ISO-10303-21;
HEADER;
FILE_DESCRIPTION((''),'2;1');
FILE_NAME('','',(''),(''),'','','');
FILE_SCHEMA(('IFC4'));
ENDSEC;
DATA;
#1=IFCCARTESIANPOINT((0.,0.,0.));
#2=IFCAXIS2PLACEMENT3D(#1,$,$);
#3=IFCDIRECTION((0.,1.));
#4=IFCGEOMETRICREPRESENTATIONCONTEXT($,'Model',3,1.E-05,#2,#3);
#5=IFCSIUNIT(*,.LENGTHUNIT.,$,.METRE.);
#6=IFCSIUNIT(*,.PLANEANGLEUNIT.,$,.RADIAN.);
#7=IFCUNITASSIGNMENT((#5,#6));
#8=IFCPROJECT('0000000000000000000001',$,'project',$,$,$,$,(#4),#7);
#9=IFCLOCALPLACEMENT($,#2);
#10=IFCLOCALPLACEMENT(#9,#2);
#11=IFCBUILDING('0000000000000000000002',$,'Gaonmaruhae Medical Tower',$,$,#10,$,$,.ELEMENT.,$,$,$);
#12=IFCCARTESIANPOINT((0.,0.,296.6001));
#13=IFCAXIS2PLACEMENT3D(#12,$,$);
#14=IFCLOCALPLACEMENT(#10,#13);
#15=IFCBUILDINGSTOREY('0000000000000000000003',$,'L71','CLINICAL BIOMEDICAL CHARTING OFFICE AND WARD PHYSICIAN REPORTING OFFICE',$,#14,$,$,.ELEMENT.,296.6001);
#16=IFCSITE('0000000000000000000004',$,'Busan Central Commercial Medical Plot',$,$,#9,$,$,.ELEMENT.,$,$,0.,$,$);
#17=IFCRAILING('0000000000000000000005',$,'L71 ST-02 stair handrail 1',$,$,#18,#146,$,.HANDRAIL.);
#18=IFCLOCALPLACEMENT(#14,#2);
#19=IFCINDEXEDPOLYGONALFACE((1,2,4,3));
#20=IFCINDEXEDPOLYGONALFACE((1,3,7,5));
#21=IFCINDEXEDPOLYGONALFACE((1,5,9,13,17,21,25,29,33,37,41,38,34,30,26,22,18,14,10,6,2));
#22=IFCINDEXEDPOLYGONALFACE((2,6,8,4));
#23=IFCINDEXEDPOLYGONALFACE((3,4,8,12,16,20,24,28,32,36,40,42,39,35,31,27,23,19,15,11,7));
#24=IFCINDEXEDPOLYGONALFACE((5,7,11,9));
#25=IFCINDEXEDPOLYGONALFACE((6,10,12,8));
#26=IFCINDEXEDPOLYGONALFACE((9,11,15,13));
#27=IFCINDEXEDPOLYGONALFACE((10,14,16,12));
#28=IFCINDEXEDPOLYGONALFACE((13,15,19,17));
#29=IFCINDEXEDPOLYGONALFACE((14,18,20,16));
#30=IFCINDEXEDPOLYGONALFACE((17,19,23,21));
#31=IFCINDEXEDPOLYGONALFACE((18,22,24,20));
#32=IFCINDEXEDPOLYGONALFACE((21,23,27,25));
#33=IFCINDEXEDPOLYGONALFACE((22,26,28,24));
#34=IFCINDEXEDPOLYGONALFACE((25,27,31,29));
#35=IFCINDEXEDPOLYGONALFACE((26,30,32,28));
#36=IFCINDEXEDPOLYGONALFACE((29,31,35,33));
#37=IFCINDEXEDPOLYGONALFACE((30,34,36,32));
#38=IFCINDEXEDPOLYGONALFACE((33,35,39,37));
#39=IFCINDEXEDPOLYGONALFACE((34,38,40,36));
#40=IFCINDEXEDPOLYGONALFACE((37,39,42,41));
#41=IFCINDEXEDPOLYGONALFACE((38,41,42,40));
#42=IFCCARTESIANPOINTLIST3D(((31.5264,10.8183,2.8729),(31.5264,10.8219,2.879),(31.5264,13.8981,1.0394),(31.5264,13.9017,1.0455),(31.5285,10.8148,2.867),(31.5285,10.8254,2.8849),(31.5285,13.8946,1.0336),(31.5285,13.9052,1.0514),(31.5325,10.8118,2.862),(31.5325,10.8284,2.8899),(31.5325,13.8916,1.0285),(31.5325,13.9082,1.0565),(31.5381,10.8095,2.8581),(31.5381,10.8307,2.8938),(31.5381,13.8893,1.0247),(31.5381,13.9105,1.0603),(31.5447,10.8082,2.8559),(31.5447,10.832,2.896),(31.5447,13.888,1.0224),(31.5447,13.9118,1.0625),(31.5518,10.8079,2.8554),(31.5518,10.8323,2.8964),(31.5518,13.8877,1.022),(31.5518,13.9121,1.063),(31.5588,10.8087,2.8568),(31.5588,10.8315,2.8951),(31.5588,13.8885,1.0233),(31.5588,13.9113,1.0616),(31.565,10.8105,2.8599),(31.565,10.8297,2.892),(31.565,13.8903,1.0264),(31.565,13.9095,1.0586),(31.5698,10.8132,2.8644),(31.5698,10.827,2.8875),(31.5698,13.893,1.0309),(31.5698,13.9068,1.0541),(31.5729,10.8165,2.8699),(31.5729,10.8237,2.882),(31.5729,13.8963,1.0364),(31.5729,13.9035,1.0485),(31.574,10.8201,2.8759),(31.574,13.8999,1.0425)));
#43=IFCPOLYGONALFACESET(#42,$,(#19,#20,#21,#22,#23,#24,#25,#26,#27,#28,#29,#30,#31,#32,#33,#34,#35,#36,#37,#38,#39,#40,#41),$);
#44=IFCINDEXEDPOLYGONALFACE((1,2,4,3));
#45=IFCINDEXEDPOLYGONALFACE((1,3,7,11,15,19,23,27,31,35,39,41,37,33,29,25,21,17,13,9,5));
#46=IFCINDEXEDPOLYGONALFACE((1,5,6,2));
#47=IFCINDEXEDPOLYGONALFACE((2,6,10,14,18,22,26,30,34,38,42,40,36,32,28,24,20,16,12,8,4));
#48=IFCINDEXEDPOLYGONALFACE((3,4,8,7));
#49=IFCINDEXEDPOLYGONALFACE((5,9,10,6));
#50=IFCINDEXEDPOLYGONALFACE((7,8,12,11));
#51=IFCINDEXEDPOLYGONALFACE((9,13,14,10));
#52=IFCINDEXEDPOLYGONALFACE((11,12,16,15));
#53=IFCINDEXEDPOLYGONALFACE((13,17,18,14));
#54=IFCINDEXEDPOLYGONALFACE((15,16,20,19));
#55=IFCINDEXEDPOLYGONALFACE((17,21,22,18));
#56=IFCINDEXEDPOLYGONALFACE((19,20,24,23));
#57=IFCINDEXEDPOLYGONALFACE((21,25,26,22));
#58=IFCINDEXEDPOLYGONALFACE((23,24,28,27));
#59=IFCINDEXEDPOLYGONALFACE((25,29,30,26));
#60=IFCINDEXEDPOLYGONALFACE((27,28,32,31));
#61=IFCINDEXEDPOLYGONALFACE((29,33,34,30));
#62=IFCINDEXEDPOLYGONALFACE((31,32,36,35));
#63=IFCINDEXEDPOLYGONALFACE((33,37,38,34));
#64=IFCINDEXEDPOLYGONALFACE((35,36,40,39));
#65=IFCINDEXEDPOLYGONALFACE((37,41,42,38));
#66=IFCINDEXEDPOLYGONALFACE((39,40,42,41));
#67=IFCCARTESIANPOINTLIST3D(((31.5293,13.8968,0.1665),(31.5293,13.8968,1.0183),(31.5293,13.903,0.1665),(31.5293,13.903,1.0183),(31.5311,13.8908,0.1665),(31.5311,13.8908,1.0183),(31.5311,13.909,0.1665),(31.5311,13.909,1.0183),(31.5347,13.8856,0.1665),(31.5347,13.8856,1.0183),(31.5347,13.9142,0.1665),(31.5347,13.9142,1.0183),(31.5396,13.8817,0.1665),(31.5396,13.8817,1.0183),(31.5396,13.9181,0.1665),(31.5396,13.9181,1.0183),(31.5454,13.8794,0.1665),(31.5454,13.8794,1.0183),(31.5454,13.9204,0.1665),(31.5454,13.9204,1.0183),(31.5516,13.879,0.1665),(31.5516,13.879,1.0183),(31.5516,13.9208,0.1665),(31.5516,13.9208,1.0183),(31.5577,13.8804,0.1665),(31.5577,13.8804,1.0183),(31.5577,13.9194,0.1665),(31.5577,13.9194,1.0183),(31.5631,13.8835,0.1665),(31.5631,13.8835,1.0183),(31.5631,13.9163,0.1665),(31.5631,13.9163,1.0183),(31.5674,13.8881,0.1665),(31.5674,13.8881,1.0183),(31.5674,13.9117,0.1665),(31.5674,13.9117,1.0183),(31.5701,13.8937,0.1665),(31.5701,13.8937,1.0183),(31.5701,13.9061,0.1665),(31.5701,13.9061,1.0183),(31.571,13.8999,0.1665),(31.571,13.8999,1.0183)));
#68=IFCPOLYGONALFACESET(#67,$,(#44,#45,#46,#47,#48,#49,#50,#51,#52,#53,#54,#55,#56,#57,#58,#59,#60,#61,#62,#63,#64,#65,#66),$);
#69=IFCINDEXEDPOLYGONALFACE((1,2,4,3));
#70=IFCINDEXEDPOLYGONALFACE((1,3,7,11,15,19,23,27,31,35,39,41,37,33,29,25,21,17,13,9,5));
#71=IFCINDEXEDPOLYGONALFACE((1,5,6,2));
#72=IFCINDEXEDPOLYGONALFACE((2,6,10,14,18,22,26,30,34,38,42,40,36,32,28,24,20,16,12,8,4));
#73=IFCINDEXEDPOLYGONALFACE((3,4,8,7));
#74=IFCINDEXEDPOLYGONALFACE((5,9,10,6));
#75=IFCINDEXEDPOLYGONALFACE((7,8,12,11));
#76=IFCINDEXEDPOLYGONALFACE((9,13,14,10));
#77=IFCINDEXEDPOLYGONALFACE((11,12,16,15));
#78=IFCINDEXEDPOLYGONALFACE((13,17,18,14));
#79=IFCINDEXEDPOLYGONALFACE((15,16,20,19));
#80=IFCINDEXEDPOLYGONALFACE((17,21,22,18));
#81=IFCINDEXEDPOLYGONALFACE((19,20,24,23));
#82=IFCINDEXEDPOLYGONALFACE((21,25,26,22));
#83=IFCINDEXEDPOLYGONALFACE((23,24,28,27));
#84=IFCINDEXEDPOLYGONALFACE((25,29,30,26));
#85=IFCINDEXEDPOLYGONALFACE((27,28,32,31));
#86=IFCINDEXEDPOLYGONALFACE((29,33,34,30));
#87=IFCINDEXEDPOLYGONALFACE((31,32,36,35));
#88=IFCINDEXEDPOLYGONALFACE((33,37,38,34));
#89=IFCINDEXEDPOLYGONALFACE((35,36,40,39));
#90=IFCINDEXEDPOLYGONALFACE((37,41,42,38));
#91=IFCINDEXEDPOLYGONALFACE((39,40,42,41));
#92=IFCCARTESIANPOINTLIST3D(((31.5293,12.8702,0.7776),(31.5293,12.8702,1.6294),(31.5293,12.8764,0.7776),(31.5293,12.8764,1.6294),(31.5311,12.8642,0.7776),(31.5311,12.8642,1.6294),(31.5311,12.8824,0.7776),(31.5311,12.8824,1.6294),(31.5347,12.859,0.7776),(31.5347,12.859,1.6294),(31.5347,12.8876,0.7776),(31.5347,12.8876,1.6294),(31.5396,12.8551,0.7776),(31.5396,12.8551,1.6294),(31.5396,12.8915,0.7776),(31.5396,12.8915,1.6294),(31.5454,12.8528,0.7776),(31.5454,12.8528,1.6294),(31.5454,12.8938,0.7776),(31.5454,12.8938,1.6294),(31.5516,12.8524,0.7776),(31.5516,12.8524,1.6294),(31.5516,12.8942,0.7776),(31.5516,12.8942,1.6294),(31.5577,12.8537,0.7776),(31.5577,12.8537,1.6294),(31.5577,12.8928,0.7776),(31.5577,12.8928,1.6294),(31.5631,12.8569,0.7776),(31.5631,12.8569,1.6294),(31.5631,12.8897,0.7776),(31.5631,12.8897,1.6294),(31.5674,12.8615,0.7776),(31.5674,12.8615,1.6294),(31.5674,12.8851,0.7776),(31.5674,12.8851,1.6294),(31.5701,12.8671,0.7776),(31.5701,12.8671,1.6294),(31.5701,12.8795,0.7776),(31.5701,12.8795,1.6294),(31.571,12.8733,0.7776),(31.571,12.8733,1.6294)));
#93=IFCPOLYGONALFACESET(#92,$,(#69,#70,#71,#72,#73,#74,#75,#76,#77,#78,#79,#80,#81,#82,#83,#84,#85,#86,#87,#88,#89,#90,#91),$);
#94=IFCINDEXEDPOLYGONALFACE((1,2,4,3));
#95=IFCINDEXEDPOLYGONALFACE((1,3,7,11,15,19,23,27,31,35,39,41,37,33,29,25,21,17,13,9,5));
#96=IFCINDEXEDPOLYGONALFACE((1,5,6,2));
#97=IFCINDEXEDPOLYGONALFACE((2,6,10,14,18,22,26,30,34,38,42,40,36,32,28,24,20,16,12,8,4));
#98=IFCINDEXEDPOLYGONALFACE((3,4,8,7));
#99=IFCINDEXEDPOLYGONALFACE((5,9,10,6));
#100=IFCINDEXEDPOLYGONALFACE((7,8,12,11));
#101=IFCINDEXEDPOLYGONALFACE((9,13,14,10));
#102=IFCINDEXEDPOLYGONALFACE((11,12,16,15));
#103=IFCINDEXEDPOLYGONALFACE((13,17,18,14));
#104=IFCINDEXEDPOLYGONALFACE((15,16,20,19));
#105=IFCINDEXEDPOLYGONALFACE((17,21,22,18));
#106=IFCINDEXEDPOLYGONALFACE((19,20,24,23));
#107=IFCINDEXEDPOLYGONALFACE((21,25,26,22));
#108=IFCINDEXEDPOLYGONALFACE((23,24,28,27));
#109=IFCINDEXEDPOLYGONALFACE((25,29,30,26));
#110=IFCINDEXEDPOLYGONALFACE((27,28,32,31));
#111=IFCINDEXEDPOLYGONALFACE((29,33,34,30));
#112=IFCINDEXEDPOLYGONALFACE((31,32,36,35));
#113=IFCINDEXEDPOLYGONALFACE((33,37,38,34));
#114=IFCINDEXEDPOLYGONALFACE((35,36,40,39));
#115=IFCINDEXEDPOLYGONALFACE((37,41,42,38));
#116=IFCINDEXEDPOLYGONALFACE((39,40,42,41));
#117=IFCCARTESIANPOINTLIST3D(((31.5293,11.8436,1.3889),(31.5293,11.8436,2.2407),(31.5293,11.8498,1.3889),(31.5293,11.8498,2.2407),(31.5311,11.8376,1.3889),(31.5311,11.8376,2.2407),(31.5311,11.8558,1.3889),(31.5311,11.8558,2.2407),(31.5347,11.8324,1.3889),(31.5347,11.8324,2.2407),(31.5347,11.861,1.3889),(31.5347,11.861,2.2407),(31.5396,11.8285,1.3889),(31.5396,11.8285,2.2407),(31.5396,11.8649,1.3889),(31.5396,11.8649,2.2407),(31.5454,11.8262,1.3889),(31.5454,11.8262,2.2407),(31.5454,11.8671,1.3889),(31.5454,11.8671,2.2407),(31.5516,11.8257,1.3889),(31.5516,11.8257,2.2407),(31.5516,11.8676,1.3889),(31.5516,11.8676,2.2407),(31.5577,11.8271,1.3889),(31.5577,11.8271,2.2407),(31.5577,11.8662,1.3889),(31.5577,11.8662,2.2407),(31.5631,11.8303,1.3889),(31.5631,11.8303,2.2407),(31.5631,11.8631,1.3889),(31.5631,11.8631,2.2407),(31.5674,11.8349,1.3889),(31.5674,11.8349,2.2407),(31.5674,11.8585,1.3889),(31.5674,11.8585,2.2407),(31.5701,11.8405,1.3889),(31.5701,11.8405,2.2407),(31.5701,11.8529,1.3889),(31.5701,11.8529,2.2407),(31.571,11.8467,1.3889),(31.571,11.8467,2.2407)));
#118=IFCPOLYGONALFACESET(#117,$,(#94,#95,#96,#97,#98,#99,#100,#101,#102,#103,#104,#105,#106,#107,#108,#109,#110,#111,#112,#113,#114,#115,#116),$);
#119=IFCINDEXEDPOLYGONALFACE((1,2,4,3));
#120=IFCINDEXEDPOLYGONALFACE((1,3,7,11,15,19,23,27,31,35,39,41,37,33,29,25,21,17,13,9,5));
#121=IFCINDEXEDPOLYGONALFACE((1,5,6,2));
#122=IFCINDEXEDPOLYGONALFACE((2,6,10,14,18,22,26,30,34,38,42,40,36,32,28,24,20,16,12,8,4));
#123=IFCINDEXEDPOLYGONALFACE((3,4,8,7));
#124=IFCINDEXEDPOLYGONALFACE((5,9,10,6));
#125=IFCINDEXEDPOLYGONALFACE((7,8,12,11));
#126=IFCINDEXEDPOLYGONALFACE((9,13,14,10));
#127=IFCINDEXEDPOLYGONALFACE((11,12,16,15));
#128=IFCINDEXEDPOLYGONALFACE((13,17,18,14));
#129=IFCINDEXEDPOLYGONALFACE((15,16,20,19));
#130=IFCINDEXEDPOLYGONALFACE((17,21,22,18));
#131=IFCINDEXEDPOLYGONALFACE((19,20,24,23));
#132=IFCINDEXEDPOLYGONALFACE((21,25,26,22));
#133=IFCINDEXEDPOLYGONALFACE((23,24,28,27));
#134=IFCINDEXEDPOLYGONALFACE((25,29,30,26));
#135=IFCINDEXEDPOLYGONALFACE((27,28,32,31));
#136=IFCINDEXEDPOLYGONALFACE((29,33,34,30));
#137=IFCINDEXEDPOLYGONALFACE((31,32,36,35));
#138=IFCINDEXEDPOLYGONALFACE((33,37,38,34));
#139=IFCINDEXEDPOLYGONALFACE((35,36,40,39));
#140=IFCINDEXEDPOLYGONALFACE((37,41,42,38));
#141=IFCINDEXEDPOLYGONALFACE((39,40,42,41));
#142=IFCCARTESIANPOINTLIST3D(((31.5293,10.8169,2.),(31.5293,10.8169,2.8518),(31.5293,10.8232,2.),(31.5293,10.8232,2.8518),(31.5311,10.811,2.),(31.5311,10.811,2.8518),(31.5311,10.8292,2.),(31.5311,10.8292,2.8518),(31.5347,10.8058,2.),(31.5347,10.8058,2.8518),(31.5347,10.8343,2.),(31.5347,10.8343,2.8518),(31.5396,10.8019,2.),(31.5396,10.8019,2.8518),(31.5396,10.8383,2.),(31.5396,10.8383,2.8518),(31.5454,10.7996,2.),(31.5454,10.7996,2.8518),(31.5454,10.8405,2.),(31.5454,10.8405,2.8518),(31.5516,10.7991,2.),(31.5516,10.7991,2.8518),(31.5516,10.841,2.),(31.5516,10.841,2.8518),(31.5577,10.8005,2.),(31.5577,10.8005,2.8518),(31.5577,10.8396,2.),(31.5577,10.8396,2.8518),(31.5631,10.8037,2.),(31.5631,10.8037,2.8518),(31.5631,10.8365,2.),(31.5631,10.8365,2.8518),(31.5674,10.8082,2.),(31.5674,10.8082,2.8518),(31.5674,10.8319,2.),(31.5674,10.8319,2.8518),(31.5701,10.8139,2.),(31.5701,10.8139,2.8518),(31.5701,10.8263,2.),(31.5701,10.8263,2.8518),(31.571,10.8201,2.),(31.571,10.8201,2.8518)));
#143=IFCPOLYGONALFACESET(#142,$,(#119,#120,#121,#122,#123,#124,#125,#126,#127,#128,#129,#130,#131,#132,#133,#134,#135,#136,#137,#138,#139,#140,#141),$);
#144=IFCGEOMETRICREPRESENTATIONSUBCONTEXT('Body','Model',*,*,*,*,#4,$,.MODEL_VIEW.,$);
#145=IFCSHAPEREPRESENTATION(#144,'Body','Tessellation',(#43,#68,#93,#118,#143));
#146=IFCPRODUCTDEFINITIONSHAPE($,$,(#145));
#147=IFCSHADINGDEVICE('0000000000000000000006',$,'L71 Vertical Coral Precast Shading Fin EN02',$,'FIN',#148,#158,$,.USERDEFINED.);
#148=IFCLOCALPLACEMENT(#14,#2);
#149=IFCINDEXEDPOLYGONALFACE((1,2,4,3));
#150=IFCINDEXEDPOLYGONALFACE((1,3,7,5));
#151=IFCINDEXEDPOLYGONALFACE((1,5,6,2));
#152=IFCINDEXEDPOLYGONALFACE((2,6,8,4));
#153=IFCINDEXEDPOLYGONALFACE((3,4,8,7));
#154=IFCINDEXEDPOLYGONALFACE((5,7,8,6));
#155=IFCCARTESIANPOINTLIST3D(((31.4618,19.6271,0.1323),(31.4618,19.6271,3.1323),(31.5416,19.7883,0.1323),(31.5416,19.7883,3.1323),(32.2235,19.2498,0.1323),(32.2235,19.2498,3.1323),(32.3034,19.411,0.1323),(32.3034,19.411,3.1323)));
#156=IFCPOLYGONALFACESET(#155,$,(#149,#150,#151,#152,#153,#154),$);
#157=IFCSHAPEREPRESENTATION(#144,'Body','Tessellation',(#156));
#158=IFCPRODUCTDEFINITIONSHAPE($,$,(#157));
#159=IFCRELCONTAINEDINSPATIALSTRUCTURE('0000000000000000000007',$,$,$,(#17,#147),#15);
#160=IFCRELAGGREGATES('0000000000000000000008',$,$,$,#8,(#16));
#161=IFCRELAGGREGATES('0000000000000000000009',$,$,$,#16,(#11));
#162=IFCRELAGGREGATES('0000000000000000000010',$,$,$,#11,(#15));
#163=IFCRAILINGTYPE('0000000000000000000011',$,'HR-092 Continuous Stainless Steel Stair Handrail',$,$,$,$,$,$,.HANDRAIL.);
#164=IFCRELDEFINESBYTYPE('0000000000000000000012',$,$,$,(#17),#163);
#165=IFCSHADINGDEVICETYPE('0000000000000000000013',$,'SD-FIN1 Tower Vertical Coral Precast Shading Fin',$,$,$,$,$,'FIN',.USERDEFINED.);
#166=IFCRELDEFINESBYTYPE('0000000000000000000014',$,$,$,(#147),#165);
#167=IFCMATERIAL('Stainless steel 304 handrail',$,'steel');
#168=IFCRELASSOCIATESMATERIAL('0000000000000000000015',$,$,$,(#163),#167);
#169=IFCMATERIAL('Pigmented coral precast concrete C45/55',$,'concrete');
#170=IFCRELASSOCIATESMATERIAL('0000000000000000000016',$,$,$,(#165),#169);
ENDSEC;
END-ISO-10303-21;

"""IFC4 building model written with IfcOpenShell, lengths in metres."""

from ifc_helpers import new_model, si_unit, direction, frame, origin, origin_2d, place, context, subcontext, project, spatial, rectangle, circle, extrude, material, type_object, element, save


model = new_model("IFC4")

# Units and contexts
model_context = context("Model", 3, precision=1e-05, world=origin(), true_north=direction((0.0, 1.0)))
body_context = subcontext(model_context, "Body", "Model", "MODEL_VIEW")
ifc_project = project(units=[si_unit("LENGTHUNIT", "METRE"), si_unit("PLANEANGLEUNIT", "RADIAN")], contexts=[model_context])

# Site, building, storey
site_placement = place(None, origin())
site = spatial("IfcSite", under=ifc_project, at=site_placement, Name="Busan Central Commercial Medical Plot", CompositionType="ELEMENT", RefElevation=0.0)
building_placement = place(site_placement, origin())
building = spatial("IfcBuilding", under=site, at=building_placement, Name="Gaonmaruhae Medical Tower", CompositionType="ELEMENT")
storey_placement = place(building_placement, frame((0.0, 0.0, 296.6001)))
storey = spatial("IfcBuildingStorey", under=building, at=storey_placement, Name="L71", Description="CLINICAL BIOMEDICAL CHARTING OFFICE AND WARD PHYSICIAN REPORTING OFFICE", CompositionType="ELEMENT", Elevation=296.6001)

# Railing
ifc_material_1 = material(Name="Stainless steel 304 handrail", Category="steel")
railing_type_1 = type_object("IfcRailingType", Name="HR-092 Continuous Stainless Steel Stair Handrail", PredefinedType="HANDRAIL", material=ifc_material_1)
railing_1_placement = place(storey_placement, frame((31.55, 13.8999, 0.1665)))
element("IfcRailing", 1, at=railing_1_placement, inside=storey, type_object=railing_type_1, Name="L71 ST-02 stair handrail 1", PredefinedType="HANDRAIL", context=body_context, shape_type="SweptSolid", body=[
    extrude(circle(Radius=0.0239, at=origin_2d()), frame((0.0, 0.0, 0.876), z_axis=(0.0, -0.859261, 0.511538), x_axis=(1.0, 0.0, 0.0)), (0.0, 0.0, 1.0), 3.5842),
    extrude(circle(Radius=0.021, at=origin_2d()), origin(), (0.0, 0.0, 1.0), 0.8518),
    extrude(circle(Radius=0.021, at=origin_2d()), frame((0.0, -1.0266, 0.6111)), (0.0, 0.0, 1.0), 0.8518),
    extrude(circle(Radius=0.021, at=origin_2d()), frame((0.0, -2.0532, 1.2224)), (0.0, 0.0, 1.0), 0.8518),
    extrude(circle(Radius=0.021, at=origin_2d()), frame((0.0, -3.0798, 1.8335)), (0.0, 0.0, 1.0), 0.8518),
])

# Shading device
ifc_material_2 = material(Name="Pigmented coral precast concrete C45/55", Category="concrete")
shading_device_type = type_object("IfcShadingDeviceType", Name="SD-FIN1 Tower Vertical Coral Precast Shading Fin", ElementType="FIN", PredefinedType="USERDEFINED", material=ifc_material_2)
shading_device_placement = place(storey_placement, frame((31.8826, 19.519, 0.1323), z_axis=(0.0, 0.0, 1.0), x_axis=(0.443853, 0.896099, 0.0)))
element("IfcShadingDevice", 2, at=shading_device_placement, inside=storey, type_object=shading_device_type, Name="L71 Vertical Coral Precast Shading Fin EN02", ObjectType="FIN", PredefinedType="USERDEFINED", context=body_context, shape_type="SweptSolid", body=[
    extrude(rectangle(XDim=0.1799, YDim=0.8501, at=origin_2d()), origin(), (0.0, 0.0, 1.0), 3.0),
])

save(model, "model.ifc")
